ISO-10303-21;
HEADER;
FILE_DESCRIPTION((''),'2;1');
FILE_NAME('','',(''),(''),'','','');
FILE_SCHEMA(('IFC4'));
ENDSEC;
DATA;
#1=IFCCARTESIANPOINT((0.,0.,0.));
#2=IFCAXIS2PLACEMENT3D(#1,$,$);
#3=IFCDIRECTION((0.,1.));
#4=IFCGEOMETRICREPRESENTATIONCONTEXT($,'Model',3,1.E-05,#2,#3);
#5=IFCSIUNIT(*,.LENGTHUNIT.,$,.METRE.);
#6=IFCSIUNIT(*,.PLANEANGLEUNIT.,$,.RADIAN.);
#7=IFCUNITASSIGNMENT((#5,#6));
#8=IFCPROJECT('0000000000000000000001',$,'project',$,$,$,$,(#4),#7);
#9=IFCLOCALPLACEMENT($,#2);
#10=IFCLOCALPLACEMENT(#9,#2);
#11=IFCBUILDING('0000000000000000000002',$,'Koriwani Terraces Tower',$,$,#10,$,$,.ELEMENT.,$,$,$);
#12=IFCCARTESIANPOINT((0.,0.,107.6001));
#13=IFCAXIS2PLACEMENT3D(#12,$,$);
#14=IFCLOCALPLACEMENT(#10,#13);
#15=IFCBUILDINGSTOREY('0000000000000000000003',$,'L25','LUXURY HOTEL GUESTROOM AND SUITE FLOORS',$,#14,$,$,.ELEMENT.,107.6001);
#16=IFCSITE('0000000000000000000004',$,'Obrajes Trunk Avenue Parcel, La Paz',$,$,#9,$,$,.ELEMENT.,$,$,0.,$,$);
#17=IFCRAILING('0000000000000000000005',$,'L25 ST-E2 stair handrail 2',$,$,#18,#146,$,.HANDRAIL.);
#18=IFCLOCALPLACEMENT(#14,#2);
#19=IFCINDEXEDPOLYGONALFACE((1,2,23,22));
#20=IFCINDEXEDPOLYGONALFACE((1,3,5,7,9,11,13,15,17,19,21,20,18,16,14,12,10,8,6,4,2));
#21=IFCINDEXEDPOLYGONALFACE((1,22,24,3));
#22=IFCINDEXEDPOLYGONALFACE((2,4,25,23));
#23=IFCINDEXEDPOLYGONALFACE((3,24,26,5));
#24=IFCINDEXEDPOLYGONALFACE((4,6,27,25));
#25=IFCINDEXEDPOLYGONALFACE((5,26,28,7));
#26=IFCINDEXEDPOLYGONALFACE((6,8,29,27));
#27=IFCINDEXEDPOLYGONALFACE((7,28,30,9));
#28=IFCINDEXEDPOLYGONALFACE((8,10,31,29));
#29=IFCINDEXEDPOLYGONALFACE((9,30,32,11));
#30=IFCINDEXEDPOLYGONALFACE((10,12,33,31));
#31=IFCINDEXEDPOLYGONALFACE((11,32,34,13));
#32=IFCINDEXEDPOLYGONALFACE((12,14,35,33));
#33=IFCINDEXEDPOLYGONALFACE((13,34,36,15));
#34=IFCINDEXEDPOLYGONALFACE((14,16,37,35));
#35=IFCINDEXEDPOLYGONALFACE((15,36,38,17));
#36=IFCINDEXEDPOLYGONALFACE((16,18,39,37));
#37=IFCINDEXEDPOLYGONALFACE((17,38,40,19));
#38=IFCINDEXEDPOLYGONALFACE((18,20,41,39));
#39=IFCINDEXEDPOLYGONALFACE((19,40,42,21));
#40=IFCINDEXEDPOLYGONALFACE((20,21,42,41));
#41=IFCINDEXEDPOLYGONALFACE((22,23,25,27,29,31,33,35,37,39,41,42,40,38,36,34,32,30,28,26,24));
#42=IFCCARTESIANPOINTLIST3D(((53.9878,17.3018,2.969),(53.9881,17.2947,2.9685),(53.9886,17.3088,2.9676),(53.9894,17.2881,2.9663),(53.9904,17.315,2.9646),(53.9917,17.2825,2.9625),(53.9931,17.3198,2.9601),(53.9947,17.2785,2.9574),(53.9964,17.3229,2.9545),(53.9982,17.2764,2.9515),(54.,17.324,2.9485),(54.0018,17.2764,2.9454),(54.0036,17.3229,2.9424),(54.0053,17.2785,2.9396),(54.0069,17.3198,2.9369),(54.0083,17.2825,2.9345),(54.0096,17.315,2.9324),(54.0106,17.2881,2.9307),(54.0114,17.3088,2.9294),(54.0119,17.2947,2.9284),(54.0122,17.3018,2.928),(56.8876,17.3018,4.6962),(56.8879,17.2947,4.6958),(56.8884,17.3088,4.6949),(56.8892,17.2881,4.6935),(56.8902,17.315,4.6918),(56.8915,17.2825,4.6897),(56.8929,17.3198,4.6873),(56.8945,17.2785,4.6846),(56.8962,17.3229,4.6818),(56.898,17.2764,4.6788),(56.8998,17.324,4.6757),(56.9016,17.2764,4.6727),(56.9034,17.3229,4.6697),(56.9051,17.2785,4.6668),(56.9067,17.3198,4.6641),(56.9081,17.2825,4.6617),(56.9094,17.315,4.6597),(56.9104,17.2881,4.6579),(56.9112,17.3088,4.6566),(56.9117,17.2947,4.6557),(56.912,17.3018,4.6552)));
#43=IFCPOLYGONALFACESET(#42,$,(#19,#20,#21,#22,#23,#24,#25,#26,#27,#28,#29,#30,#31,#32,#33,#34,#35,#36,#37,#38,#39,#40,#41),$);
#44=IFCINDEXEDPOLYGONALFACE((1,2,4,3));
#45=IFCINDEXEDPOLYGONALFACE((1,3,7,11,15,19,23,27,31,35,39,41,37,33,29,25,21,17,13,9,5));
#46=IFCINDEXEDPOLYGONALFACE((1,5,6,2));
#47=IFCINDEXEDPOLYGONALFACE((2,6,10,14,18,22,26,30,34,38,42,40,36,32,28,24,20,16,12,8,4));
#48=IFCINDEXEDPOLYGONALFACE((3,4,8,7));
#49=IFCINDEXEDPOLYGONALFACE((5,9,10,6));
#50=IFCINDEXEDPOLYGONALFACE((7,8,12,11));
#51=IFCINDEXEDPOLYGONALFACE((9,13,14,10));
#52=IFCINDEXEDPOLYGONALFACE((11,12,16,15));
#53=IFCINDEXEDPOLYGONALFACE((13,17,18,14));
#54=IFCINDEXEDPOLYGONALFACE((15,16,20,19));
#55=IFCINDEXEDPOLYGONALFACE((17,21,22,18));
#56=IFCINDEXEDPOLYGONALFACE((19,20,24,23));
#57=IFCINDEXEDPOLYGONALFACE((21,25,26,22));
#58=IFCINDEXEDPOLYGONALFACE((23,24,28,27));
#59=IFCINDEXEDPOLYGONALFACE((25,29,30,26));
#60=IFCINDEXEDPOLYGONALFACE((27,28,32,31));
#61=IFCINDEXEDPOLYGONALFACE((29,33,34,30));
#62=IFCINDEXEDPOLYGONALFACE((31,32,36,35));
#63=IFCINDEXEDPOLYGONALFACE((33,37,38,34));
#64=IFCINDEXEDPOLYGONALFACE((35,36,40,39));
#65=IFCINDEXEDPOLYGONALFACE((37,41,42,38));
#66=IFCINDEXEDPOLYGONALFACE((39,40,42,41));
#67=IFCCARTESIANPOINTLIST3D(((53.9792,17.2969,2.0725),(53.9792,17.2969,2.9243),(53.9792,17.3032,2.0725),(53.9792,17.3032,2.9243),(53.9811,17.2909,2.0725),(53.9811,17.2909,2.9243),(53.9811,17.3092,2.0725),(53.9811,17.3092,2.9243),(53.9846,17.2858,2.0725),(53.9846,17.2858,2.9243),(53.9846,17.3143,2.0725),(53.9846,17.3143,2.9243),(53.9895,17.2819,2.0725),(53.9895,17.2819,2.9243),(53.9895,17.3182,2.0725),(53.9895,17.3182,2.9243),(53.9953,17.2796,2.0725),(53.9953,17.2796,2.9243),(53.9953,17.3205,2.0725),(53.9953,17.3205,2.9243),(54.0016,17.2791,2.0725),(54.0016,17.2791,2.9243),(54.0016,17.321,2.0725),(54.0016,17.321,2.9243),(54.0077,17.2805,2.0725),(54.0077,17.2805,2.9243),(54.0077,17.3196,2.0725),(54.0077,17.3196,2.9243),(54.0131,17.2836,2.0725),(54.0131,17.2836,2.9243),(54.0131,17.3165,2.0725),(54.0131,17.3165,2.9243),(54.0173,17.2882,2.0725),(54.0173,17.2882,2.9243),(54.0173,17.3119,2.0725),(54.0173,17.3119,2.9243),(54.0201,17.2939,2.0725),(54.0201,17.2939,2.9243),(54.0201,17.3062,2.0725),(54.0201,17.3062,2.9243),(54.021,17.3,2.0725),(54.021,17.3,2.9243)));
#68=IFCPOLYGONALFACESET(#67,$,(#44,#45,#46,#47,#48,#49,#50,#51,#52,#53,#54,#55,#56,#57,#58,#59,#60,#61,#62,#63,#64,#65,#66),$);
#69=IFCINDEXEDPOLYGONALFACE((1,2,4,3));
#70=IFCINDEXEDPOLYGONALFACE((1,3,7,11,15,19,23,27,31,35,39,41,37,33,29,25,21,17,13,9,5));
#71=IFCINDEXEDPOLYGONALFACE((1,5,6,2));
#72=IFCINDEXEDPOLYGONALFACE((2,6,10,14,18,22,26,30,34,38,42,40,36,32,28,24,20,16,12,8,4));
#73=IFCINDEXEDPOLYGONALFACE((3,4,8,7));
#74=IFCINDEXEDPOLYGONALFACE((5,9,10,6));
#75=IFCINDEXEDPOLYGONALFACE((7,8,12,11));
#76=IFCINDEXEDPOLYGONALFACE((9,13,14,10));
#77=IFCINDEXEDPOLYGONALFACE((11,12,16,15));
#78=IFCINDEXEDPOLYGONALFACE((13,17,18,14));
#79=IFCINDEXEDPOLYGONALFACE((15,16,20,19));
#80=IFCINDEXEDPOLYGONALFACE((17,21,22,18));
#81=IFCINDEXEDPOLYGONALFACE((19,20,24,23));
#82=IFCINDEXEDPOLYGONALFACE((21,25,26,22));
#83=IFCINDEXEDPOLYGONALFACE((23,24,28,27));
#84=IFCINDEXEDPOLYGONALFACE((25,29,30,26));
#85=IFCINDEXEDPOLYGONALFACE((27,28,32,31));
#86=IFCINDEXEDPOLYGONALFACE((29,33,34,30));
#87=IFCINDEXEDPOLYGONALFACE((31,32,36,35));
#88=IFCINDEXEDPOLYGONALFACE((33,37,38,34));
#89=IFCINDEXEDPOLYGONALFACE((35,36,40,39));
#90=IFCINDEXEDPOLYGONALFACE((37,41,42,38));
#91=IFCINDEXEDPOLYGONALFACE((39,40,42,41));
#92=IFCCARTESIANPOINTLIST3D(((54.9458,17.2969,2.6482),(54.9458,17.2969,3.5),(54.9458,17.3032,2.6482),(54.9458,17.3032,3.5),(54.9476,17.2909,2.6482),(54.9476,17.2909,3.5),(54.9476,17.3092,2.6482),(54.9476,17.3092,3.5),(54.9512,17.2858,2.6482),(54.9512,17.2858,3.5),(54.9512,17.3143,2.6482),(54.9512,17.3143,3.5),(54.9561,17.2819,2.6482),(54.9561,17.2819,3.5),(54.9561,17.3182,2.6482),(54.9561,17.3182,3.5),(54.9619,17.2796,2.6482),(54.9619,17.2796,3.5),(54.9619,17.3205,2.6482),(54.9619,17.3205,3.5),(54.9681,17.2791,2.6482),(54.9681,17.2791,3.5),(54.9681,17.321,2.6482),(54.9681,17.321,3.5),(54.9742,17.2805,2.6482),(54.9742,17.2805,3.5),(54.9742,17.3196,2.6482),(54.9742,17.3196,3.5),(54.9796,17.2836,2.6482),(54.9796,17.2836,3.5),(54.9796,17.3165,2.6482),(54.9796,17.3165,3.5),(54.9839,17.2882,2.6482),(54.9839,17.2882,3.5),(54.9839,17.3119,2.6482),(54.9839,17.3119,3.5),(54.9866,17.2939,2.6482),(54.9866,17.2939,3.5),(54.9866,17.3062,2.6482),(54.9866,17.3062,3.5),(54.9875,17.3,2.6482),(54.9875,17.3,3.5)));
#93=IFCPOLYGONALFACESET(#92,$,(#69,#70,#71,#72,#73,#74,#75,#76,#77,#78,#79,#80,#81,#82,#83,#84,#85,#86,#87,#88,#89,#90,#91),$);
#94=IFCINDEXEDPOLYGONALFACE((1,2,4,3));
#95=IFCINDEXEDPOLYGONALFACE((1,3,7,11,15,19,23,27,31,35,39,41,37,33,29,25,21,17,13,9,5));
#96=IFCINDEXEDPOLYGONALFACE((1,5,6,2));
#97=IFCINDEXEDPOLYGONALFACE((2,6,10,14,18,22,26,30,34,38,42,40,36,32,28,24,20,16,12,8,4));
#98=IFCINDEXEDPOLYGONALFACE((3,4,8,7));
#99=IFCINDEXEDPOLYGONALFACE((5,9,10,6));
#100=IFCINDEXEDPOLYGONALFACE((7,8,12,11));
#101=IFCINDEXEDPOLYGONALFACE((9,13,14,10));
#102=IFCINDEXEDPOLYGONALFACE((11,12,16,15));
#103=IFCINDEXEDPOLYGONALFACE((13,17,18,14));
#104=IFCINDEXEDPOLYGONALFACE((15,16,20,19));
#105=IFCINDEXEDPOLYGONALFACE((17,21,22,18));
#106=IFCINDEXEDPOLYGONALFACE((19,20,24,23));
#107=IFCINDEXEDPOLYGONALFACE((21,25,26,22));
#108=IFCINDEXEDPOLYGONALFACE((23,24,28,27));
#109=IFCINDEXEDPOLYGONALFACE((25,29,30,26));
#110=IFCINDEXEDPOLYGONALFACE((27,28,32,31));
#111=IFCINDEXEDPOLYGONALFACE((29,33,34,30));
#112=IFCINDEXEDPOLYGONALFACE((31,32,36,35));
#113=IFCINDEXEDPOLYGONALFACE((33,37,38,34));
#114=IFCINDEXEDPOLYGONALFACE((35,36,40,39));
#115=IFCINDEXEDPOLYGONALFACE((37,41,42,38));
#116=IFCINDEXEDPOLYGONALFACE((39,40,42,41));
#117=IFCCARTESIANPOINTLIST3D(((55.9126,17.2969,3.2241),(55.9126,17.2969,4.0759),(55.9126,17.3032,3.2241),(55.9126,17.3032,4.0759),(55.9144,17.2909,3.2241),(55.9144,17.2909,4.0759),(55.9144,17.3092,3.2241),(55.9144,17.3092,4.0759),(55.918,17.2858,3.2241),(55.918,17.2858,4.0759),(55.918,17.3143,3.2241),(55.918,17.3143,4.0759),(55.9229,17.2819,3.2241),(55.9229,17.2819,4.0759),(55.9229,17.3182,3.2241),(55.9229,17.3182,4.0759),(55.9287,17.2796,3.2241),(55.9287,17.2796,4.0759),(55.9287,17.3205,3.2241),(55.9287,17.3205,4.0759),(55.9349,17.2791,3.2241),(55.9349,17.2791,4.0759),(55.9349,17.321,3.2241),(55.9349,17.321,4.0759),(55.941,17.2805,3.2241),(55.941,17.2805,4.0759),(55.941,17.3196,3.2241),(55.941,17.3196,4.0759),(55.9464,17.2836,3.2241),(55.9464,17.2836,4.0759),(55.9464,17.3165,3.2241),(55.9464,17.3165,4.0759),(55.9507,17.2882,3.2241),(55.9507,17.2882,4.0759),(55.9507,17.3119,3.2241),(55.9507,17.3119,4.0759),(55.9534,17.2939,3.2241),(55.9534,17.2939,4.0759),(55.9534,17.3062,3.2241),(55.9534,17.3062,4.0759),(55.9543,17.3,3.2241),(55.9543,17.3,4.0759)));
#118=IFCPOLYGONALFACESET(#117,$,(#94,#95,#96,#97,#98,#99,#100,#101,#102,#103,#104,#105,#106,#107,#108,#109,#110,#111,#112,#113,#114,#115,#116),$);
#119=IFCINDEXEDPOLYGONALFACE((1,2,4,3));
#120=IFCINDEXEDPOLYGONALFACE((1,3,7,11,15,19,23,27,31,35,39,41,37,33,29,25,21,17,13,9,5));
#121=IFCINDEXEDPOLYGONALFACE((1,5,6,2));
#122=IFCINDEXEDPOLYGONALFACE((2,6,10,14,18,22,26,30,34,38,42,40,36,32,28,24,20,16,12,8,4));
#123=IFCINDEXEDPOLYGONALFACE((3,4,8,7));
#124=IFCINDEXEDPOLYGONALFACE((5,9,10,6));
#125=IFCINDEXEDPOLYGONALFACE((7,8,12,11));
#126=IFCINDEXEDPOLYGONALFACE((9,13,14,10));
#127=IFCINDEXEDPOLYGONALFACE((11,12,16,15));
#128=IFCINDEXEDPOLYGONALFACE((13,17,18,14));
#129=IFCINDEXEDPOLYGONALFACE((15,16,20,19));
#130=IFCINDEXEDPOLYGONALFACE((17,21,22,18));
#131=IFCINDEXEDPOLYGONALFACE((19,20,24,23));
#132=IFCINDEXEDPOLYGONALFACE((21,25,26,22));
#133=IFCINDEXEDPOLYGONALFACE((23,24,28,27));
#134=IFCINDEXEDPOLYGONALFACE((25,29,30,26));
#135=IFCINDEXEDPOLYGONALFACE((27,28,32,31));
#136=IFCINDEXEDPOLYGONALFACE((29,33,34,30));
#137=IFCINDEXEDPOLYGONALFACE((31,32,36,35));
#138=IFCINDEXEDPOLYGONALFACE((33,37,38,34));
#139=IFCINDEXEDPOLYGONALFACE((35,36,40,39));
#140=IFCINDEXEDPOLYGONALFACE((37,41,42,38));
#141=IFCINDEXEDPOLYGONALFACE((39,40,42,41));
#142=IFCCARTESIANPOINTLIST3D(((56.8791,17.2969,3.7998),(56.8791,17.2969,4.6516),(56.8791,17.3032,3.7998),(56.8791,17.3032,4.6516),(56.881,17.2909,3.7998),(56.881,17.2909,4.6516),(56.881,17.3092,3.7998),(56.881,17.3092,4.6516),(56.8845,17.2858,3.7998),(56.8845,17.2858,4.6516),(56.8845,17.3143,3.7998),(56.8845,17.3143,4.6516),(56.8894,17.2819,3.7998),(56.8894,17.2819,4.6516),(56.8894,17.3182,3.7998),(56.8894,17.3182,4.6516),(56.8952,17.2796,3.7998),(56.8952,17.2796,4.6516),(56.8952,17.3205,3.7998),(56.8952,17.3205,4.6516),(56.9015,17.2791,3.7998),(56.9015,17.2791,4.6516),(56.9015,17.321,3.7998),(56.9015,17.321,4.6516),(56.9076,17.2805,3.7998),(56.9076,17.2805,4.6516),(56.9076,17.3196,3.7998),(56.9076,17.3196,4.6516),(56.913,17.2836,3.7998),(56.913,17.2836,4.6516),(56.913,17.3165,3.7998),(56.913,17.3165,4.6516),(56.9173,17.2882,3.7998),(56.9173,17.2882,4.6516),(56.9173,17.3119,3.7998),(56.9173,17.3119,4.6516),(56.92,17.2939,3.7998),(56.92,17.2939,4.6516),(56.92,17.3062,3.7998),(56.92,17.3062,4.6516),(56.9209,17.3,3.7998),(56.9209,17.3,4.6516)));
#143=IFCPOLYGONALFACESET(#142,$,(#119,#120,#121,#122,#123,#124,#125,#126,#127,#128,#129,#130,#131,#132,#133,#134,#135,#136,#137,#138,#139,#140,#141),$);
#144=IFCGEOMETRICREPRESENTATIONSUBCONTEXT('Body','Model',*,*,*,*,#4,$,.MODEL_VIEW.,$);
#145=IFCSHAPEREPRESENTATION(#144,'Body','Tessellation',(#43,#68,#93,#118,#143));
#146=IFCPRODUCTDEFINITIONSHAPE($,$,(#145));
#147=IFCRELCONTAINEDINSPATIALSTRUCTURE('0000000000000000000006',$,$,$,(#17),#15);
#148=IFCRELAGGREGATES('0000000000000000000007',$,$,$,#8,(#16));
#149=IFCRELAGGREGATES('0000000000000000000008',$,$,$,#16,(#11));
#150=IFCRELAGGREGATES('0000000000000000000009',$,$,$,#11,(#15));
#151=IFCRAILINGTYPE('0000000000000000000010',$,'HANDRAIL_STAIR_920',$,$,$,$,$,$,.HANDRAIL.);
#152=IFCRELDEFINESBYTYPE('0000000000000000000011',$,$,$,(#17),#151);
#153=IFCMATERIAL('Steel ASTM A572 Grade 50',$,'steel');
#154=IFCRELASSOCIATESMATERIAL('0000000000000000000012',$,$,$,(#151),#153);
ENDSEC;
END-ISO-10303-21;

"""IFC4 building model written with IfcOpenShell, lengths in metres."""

from ifc_helpers import new_model, si_unit, direction, frame, origin, origin_2d, place, context, subcontext, project, spatial, circle, extrude, material, type_object, element, save


model = new_model("IFC4")

# Units and contexts
model_context = context("Model", 3, precision=1e-05, world=origin(), true_north=direction((0.0, 1.0)))
body_context = subcontext(model_context, "Body", "Model", "MODEL_VIEW")
ifc_project = project(units=[si_unit("LENGTHUNIT", "METRE"), si_unit("PLANEANGLEUNIT", "RADIAN")], contexts=[model_context])

# Site, building, storey
site_placement = place(None, origin())
site = spatial("IfcSite", under=ifc_project, at=site_placement, Name="Obrajes Trunk Avenue Parcel, La Paz", CompositionType="ELEMENT", RefElevation=0.0)
building_placement = place(site_placement, origin())
building = spatial("IfcBuilding", under=site, at=building_placement, Name="Koriwani Terraces Tower", CompositionType="ELEMENT")
storey_placement = place(building_placement, frame((0.0, 0.0, 107.6001)))
storey = spatial("IfcBuildingStorey", under=building, at=storey_placement, Name="L25", Description="LUXURY HOTEL GUESTROOM AND SUITE FLOORS", CompositionType="ELEMENT", Elevation=107.6001)

# Shared definitions
ifc_material_1 = material(Name="Steel ASTM A572 Grade 50", Category="steel")

# Railing
railing_type_1 = type_object("IfcRailingType", Name="HANDRAIL_STAIR_920", PredefinedType="HANDRAIL", material=ifc_material_1)
railing_1_placement = place(storey_placement, frame((54.0, 17.3, 2.0725)))
element("IfcRailing", 1, at=railing_1_placement, inside=storey, type_object=railing_type_1, Name="L25 ST-E2 stair handrail 2", PredefinedType="HANDRAIL", context=body_context, shape_type="SweptSolid", body=[
    extrude(circle(Radius=0.0239, at=origin_2d()), frame((0.0, 0.0, 0.876), z_axis=(0.859141, 0.0, 0.511738), x_axis=(0.0, 1.0, 0.0)), (0.0, 0.0, 1.0), 3.3752),
    extrude(circle(Radius=0.021, at=origin_2d()), origin(), (0.0, 0.0, 1.0), 0.8518),
    extrude(circle(Radius=0.021, at=origin_2d()), frame((0.9666, 0.0, 0.5757)), (0.0, 0.0, 1.0), 0.8518),
    extrude(circle(Radius=0.021, at=origin_2d()), frame((1.9333, 0.0, 1.1516)), (0.0, 0.0, 1.0), 0.8518),
    extrude(circle(Radius=0.021, at=origin_2d()), frame((2.8999, 0.0, 1.7273)), (0.0, 0.0, 1.0), 0.8518),
])

save(model, "model.ifc")
